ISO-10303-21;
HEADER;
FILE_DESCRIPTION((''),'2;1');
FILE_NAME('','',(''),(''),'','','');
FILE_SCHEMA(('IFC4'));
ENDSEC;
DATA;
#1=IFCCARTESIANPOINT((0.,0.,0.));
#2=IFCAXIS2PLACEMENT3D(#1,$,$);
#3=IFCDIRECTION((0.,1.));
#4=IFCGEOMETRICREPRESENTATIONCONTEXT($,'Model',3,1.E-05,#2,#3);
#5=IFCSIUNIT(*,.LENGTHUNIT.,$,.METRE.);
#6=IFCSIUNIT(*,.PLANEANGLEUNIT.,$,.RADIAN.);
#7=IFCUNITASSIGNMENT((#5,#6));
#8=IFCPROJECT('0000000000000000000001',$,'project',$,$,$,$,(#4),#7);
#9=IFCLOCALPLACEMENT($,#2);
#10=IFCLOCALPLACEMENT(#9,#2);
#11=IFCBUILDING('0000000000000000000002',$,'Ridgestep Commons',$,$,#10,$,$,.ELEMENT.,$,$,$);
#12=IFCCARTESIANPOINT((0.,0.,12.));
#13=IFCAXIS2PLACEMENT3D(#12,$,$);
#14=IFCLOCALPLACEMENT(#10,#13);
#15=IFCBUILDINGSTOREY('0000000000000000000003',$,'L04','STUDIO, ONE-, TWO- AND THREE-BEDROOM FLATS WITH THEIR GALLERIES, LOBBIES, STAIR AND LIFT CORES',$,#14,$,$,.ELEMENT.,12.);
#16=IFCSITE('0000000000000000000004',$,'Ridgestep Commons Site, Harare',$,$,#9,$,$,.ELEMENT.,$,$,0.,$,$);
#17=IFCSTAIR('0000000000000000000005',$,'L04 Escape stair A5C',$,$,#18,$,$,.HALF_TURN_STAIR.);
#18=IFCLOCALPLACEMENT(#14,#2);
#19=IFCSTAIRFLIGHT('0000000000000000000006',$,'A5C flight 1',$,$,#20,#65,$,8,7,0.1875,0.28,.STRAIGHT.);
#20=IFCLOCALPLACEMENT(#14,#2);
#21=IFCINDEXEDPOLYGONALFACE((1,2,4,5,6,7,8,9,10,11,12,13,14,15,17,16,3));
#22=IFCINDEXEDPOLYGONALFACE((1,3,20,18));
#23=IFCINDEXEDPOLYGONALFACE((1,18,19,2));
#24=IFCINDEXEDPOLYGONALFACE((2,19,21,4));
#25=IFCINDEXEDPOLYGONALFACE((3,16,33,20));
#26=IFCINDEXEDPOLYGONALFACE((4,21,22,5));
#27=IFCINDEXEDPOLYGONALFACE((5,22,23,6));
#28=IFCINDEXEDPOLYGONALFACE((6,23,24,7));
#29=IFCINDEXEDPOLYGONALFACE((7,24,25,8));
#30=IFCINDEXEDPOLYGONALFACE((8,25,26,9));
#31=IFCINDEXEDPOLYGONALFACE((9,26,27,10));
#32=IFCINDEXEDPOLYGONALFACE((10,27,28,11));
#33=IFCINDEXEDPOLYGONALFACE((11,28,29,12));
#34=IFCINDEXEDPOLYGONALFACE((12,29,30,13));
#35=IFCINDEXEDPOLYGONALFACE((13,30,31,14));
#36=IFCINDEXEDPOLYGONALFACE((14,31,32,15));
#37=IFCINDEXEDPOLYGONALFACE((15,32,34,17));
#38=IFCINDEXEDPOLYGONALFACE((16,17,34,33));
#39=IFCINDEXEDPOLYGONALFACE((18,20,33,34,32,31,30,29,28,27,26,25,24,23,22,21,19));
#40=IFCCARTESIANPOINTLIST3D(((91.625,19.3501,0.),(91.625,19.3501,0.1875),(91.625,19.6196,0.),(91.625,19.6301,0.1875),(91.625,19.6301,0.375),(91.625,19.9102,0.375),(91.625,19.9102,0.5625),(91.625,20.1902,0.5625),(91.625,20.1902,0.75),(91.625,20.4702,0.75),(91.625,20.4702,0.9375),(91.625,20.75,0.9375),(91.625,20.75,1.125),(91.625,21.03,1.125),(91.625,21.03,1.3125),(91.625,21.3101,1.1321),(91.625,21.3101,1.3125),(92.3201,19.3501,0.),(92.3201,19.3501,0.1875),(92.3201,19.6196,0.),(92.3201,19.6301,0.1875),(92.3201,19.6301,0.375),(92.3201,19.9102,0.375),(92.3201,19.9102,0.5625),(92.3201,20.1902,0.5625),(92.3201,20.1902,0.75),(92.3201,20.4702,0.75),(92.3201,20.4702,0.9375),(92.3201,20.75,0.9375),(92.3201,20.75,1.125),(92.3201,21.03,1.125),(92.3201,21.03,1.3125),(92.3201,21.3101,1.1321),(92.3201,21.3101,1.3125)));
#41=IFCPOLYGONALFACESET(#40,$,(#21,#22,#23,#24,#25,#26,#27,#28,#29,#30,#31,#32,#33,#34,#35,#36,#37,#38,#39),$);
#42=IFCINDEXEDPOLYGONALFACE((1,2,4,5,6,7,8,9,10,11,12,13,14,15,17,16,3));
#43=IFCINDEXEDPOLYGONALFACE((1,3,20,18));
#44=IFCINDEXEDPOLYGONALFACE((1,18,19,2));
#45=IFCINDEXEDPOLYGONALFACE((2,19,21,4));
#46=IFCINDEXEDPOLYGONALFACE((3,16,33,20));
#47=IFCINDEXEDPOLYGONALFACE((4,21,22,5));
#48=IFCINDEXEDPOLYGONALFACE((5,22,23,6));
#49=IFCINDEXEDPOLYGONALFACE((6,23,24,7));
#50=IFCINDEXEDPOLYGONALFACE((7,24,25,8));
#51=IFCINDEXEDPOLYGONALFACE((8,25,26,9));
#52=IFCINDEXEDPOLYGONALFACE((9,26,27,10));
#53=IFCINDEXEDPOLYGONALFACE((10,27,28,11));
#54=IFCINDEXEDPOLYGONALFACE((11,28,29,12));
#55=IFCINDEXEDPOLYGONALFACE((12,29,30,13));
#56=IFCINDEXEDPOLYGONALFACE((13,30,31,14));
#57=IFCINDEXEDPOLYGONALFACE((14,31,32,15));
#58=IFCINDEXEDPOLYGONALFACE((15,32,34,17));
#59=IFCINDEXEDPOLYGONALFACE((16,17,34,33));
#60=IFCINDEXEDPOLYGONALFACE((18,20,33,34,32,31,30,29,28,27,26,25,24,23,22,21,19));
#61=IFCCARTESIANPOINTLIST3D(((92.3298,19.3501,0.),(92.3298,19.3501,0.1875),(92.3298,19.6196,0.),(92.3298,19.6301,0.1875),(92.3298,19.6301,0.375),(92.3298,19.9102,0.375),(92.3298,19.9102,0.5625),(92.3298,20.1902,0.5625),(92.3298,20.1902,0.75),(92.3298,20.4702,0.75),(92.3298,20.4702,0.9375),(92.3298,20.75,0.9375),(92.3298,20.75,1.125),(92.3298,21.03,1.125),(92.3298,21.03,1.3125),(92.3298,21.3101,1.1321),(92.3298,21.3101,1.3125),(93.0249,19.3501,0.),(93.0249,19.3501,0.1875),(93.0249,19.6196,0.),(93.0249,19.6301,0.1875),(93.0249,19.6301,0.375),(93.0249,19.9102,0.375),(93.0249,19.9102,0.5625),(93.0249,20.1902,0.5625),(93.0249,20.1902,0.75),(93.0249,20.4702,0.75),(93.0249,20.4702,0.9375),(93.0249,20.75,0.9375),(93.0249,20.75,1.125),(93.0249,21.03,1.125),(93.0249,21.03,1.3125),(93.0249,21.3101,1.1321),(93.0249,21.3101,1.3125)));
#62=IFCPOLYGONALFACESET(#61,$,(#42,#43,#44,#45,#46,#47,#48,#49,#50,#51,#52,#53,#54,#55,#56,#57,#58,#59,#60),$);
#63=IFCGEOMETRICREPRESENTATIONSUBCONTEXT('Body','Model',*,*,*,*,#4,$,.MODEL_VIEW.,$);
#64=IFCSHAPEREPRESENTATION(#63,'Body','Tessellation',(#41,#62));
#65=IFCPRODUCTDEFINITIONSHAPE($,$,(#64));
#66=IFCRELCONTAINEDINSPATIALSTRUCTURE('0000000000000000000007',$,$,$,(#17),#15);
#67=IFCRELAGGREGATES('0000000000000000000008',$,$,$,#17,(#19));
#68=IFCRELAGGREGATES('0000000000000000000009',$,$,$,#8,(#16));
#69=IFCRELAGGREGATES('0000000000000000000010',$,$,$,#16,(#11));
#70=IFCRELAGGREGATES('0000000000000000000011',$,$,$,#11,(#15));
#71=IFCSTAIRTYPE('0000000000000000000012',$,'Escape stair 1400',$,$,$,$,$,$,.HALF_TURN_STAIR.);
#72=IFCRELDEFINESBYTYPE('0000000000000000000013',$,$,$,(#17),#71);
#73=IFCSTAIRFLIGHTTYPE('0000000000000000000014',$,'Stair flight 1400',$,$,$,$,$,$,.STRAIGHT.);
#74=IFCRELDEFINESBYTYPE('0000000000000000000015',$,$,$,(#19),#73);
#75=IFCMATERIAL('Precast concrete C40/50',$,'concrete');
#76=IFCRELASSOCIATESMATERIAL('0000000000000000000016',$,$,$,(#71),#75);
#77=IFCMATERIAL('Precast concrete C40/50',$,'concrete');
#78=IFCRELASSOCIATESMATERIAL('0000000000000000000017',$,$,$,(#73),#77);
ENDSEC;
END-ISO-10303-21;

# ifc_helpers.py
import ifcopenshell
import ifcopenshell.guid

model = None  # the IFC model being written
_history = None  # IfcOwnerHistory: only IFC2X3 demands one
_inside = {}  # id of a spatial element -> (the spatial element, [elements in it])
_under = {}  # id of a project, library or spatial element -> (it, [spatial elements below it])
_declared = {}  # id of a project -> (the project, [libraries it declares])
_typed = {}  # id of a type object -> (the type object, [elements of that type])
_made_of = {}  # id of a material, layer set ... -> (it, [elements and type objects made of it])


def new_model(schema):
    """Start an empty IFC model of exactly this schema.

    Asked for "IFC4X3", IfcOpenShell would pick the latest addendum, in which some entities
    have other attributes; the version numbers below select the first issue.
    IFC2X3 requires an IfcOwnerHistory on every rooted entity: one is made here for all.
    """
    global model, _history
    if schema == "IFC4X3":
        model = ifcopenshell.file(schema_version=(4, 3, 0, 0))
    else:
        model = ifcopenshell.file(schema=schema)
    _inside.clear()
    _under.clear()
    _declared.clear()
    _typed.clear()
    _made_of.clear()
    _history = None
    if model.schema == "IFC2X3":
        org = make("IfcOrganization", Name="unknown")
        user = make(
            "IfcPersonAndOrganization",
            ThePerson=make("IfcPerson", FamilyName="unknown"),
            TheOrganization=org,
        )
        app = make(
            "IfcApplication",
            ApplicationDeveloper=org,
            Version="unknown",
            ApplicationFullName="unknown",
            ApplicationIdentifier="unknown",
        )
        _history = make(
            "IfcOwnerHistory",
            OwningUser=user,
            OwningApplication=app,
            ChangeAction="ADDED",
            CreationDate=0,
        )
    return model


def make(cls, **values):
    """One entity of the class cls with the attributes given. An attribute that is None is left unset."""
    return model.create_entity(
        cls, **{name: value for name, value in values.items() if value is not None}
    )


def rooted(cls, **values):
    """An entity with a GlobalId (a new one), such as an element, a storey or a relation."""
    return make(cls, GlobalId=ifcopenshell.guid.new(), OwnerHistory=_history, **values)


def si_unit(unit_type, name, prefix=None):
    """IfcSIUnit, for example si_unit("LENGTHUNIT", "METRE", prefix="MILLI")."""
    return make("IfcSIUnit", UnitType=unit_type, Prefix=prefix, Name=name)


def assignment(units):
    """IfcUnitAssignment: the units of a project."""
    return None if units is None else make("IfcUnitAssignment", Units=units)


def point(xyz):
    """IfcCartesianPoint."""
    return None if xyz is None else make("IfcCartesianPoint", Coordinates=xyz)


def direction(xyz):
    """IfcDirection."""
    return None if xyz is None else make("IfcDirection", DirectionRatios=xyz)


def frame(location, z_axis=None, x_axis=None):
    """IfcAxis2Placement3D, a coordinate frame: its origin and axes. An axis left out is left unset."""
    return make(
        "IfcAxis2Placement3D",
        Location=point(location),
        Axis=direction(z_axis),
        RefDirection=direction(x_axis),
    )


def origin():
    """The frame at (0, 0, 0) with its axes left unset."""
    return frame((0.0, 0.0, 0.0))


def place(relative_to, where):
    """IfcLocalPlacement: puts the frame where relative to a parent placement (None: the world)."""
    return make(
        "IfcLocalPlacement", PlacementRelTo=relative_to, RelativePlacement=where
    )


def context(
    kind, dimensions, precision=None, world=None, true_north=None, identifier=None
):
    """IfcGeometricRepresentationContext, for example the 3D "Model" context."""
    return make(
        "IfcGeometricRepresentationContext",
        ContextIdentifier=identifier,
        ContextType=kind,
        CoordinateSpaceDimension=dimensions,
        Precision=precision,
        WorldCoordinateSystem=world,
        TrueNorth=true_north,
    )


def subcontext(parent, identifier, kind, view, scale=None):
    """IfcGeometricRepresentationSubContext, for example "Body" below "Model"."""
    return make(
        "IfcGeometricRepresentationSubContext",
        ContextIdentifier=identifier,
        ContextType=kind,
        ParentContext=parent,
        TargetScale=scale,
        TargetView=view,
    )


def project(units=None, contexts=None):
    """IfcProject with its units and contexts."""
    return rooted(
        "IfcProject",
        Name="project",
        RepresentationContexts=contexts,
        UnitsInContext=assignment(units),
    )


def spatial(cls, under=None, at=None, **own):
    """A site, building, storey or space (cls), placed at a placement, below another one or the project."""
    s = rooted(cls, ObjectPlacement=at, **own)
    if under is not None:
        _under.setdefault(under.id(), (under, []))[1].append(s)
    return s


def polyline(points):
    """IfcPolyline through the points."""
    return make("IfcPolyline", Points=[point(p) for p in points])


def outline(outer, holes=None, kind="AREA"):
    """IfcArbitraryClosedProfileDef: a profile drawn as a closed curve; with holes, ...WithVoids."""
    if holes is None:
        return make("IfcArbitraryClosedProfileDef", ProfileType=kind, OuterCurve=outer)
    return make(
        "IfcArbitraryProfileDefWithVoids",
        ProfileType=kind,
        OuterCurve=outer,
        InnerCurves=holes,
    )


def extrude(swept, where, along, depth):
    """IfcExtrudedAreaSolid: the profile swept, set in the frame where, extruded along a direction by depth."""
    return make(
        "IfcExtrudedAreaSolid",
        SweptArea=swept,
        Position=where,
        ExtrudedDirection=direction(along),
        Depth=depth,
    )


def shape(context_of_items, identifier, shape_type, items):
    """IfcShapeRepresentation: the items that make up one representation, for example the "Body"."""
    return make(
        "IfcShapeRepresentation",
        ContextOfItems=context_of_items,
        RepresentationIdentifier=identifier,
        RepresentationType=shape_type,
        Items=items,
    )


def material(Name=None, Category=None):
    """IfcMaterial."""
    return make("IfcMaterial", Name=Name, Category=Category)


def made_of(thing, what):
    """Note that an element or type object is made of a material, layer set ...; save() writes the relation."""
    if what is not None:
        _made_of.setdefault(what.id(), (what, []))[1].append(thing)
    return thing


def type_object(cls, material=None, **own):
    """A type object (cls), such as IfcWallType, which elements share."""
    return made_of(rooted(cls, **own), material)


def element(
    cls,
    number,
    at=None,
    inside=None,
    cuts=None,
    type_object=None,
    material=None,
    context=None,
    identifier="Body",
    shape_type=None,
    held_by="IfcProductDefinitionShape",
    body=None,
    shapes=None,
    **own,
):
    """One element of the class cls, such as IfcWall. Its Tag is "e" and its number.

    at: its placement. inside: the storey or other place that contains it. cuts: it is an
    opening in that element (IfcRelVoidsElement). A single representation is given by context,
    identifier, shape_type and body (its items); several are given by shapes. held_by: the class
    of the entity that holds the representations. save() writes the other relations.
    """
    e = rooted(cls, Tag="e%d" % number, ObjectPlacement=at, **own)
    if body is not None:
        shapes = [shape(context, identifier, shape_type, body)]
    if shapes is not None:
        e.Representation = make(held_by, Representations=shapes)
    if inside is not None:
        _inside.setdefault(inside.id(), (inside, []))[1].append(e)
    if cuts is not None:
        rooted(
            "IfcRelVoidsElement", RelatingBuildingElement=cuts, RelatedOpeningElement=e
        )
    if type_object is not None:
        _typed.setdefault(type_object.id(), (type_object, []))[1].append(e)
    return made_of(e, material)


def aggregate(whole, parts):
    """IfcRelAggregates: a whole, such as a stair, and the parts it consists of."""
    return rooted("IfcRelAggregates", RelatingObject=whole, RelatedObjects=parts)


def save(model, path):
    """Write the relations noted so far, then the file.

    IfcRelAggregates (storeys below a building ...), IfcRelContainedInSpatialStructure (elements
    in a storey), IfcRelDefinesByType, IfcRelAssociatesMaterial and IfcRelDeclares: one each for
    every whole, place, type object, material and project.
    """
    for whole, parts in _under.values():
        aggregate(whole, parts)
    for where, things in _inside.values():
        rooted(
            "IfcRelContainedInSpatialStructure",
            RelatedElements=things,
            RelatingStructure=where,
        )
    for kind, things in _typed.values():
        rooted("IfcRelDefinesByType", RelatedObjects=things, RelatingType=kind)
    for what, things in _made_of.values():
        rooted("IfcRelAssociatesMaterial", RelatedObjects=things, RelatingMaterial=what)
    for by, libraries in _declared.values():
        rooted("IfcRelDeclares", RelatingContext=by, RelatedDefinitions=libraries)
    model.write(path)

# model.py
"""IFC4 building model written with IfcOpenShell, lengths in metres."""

from ifc_helpers import new_model, si_unit, direction, frame, origin, place, context, subcontext, project, spatial, polyline, outline, extrude, material, type_object, element, aggregate, save


model = new_model("IFC4")

# Units and contexts
model_context = context("Model", 3, precision=1e-05, world=origin(), true_north=direction((0.0, 1.0)))
body_context = subcontext(model_context, "Body", "Model", "MODEL_VIEW")
ifc_project = project(units=[si_unit("LENGTHUNIT", "METRE"), si_unit("PLANEANGLEUNIT", "RADIAN")], contexts=[model_context])

# Site, building, storey
site_placement = place(None, origin())
site = spatial("IfcSite", under=ifc_project, at=site_placement, Name="Ridgestep Commons Site, Harare", CompositionType="ELEMENT", RefElevation=0.0)
building_placement = place(site_placement, origin())
building = spatial("IfcBuilding", under=site, at=building_placement, Name="Ridgestep Commons", CompositionType="ELEMENT")
storey_placement = place(building_placement, frame((0.0, 0.0, 12.0)))
storey = spatial("IfcBuildingStorey", under=building, at=storey_placement, Name="L04", Description="STUDIO, ONE-, TWO- AND THREE-BEDROOM FLATS WITH THEIR GALLERIES, LOBBIES, STAIR AND LIFT CORES", CompositionType="ELEMENT", Elevation=12.0)

# Stair, stair flight
ifc_material_1 = material(Name="Precast concrete C40/50", Category="concrete")
stair_type = type_object("IfcStairType", Name="Escape stair 1400", PredefinedType="HALF_TURN_STAIR", material=ifc_material_1)
stair_placement = place(storey_placement, origin())
stair = element("IfcStair", 1, at=stair_placement, inside=storey, type_object=stair_type, Name="L04 Escape stair A5C", PredefinedType="HALF_TURN_STAIR")
ifc_material_2 = material(Name="Precast concrete C40/50", Category="concrete")
stair_flight_type = type_object("IfcStairFlightType", Name="Stair flight 1400", PredefinedType="STRAIGHT", material=ifc_material_2)
stair_flight_placement = place(storey_placement, frame((92.325, 19.3501, 0.0), z_axis=(0.0, 0.0, 1.0), x_axis=(0.0, 1.0, 0.0)))
stair_flight = element("IfcStairFlight", 2, at=stair_flight_placement, type_object=stair_flight_type, Name="A5C flight 1", NumberOfRisers=8, NumberOfTreads=7, PredefinedType="STRAIGHT", RiserHeight=0.1875, TreadLength=0.28, context=body_context, shape_type="SweptSolid", body=[
    extrude(outline(polyline([(0.0, 0.0), (0.0, 0.1875), (0.28, 0.1875), (0.28, 0.375), (0.5601, 0.375), (0.5601, 0.5625), (0.8401, 0.5625), (0.8401, 0.75), (1.1201, 0.75), (1.1201, 0.9375), (1.3999, 0.9375), (1.3999, 1.125), (1.6799, 1.125), (1.6799, 1.3125), (1.96, 1.3125), (1.96, 1.5), (1.96, 1.1321), (0.2695, 0.0), (0.0, 0.0)])), frame((0.0, 0.7, 0.0), z_axis=(0.0, -1.0, 0.0), x_axis=(1.0, 0.0, 0.0)), (0.0, 0.0, 1.0), 0.6951),
    extrude(outline(polyline([(0.0, 0.0), (0.0, 0.1875), (0.28, 0.1875), (0.28, 0.375), (0.5601, 0.375), (0.5601, 0.5625), (0.8401, 0.5625), (0.8401, 0.75), (1.1201, 0.75), (1.1201, 0.9375), (1.3999, 0.9375), (1.3999, 1.125), (1.6799, 1.125), (1.6799, 1.3125), (1.96, 1.3125), (1.96, 1.5), (1.96, 1.1321), (0.2695, 0.0), (0.0, 0.0)])), frame((0.0, -0.0049, 0.0), z_axis=(0.0, -1.0, 0.0), x_axis=(1.0, 0.0, 0.0)), (0.0, 0.0, 1.0), 0.6951),
])
aggregate(stair, [stair_flight])

save(model, "model.ifc")
